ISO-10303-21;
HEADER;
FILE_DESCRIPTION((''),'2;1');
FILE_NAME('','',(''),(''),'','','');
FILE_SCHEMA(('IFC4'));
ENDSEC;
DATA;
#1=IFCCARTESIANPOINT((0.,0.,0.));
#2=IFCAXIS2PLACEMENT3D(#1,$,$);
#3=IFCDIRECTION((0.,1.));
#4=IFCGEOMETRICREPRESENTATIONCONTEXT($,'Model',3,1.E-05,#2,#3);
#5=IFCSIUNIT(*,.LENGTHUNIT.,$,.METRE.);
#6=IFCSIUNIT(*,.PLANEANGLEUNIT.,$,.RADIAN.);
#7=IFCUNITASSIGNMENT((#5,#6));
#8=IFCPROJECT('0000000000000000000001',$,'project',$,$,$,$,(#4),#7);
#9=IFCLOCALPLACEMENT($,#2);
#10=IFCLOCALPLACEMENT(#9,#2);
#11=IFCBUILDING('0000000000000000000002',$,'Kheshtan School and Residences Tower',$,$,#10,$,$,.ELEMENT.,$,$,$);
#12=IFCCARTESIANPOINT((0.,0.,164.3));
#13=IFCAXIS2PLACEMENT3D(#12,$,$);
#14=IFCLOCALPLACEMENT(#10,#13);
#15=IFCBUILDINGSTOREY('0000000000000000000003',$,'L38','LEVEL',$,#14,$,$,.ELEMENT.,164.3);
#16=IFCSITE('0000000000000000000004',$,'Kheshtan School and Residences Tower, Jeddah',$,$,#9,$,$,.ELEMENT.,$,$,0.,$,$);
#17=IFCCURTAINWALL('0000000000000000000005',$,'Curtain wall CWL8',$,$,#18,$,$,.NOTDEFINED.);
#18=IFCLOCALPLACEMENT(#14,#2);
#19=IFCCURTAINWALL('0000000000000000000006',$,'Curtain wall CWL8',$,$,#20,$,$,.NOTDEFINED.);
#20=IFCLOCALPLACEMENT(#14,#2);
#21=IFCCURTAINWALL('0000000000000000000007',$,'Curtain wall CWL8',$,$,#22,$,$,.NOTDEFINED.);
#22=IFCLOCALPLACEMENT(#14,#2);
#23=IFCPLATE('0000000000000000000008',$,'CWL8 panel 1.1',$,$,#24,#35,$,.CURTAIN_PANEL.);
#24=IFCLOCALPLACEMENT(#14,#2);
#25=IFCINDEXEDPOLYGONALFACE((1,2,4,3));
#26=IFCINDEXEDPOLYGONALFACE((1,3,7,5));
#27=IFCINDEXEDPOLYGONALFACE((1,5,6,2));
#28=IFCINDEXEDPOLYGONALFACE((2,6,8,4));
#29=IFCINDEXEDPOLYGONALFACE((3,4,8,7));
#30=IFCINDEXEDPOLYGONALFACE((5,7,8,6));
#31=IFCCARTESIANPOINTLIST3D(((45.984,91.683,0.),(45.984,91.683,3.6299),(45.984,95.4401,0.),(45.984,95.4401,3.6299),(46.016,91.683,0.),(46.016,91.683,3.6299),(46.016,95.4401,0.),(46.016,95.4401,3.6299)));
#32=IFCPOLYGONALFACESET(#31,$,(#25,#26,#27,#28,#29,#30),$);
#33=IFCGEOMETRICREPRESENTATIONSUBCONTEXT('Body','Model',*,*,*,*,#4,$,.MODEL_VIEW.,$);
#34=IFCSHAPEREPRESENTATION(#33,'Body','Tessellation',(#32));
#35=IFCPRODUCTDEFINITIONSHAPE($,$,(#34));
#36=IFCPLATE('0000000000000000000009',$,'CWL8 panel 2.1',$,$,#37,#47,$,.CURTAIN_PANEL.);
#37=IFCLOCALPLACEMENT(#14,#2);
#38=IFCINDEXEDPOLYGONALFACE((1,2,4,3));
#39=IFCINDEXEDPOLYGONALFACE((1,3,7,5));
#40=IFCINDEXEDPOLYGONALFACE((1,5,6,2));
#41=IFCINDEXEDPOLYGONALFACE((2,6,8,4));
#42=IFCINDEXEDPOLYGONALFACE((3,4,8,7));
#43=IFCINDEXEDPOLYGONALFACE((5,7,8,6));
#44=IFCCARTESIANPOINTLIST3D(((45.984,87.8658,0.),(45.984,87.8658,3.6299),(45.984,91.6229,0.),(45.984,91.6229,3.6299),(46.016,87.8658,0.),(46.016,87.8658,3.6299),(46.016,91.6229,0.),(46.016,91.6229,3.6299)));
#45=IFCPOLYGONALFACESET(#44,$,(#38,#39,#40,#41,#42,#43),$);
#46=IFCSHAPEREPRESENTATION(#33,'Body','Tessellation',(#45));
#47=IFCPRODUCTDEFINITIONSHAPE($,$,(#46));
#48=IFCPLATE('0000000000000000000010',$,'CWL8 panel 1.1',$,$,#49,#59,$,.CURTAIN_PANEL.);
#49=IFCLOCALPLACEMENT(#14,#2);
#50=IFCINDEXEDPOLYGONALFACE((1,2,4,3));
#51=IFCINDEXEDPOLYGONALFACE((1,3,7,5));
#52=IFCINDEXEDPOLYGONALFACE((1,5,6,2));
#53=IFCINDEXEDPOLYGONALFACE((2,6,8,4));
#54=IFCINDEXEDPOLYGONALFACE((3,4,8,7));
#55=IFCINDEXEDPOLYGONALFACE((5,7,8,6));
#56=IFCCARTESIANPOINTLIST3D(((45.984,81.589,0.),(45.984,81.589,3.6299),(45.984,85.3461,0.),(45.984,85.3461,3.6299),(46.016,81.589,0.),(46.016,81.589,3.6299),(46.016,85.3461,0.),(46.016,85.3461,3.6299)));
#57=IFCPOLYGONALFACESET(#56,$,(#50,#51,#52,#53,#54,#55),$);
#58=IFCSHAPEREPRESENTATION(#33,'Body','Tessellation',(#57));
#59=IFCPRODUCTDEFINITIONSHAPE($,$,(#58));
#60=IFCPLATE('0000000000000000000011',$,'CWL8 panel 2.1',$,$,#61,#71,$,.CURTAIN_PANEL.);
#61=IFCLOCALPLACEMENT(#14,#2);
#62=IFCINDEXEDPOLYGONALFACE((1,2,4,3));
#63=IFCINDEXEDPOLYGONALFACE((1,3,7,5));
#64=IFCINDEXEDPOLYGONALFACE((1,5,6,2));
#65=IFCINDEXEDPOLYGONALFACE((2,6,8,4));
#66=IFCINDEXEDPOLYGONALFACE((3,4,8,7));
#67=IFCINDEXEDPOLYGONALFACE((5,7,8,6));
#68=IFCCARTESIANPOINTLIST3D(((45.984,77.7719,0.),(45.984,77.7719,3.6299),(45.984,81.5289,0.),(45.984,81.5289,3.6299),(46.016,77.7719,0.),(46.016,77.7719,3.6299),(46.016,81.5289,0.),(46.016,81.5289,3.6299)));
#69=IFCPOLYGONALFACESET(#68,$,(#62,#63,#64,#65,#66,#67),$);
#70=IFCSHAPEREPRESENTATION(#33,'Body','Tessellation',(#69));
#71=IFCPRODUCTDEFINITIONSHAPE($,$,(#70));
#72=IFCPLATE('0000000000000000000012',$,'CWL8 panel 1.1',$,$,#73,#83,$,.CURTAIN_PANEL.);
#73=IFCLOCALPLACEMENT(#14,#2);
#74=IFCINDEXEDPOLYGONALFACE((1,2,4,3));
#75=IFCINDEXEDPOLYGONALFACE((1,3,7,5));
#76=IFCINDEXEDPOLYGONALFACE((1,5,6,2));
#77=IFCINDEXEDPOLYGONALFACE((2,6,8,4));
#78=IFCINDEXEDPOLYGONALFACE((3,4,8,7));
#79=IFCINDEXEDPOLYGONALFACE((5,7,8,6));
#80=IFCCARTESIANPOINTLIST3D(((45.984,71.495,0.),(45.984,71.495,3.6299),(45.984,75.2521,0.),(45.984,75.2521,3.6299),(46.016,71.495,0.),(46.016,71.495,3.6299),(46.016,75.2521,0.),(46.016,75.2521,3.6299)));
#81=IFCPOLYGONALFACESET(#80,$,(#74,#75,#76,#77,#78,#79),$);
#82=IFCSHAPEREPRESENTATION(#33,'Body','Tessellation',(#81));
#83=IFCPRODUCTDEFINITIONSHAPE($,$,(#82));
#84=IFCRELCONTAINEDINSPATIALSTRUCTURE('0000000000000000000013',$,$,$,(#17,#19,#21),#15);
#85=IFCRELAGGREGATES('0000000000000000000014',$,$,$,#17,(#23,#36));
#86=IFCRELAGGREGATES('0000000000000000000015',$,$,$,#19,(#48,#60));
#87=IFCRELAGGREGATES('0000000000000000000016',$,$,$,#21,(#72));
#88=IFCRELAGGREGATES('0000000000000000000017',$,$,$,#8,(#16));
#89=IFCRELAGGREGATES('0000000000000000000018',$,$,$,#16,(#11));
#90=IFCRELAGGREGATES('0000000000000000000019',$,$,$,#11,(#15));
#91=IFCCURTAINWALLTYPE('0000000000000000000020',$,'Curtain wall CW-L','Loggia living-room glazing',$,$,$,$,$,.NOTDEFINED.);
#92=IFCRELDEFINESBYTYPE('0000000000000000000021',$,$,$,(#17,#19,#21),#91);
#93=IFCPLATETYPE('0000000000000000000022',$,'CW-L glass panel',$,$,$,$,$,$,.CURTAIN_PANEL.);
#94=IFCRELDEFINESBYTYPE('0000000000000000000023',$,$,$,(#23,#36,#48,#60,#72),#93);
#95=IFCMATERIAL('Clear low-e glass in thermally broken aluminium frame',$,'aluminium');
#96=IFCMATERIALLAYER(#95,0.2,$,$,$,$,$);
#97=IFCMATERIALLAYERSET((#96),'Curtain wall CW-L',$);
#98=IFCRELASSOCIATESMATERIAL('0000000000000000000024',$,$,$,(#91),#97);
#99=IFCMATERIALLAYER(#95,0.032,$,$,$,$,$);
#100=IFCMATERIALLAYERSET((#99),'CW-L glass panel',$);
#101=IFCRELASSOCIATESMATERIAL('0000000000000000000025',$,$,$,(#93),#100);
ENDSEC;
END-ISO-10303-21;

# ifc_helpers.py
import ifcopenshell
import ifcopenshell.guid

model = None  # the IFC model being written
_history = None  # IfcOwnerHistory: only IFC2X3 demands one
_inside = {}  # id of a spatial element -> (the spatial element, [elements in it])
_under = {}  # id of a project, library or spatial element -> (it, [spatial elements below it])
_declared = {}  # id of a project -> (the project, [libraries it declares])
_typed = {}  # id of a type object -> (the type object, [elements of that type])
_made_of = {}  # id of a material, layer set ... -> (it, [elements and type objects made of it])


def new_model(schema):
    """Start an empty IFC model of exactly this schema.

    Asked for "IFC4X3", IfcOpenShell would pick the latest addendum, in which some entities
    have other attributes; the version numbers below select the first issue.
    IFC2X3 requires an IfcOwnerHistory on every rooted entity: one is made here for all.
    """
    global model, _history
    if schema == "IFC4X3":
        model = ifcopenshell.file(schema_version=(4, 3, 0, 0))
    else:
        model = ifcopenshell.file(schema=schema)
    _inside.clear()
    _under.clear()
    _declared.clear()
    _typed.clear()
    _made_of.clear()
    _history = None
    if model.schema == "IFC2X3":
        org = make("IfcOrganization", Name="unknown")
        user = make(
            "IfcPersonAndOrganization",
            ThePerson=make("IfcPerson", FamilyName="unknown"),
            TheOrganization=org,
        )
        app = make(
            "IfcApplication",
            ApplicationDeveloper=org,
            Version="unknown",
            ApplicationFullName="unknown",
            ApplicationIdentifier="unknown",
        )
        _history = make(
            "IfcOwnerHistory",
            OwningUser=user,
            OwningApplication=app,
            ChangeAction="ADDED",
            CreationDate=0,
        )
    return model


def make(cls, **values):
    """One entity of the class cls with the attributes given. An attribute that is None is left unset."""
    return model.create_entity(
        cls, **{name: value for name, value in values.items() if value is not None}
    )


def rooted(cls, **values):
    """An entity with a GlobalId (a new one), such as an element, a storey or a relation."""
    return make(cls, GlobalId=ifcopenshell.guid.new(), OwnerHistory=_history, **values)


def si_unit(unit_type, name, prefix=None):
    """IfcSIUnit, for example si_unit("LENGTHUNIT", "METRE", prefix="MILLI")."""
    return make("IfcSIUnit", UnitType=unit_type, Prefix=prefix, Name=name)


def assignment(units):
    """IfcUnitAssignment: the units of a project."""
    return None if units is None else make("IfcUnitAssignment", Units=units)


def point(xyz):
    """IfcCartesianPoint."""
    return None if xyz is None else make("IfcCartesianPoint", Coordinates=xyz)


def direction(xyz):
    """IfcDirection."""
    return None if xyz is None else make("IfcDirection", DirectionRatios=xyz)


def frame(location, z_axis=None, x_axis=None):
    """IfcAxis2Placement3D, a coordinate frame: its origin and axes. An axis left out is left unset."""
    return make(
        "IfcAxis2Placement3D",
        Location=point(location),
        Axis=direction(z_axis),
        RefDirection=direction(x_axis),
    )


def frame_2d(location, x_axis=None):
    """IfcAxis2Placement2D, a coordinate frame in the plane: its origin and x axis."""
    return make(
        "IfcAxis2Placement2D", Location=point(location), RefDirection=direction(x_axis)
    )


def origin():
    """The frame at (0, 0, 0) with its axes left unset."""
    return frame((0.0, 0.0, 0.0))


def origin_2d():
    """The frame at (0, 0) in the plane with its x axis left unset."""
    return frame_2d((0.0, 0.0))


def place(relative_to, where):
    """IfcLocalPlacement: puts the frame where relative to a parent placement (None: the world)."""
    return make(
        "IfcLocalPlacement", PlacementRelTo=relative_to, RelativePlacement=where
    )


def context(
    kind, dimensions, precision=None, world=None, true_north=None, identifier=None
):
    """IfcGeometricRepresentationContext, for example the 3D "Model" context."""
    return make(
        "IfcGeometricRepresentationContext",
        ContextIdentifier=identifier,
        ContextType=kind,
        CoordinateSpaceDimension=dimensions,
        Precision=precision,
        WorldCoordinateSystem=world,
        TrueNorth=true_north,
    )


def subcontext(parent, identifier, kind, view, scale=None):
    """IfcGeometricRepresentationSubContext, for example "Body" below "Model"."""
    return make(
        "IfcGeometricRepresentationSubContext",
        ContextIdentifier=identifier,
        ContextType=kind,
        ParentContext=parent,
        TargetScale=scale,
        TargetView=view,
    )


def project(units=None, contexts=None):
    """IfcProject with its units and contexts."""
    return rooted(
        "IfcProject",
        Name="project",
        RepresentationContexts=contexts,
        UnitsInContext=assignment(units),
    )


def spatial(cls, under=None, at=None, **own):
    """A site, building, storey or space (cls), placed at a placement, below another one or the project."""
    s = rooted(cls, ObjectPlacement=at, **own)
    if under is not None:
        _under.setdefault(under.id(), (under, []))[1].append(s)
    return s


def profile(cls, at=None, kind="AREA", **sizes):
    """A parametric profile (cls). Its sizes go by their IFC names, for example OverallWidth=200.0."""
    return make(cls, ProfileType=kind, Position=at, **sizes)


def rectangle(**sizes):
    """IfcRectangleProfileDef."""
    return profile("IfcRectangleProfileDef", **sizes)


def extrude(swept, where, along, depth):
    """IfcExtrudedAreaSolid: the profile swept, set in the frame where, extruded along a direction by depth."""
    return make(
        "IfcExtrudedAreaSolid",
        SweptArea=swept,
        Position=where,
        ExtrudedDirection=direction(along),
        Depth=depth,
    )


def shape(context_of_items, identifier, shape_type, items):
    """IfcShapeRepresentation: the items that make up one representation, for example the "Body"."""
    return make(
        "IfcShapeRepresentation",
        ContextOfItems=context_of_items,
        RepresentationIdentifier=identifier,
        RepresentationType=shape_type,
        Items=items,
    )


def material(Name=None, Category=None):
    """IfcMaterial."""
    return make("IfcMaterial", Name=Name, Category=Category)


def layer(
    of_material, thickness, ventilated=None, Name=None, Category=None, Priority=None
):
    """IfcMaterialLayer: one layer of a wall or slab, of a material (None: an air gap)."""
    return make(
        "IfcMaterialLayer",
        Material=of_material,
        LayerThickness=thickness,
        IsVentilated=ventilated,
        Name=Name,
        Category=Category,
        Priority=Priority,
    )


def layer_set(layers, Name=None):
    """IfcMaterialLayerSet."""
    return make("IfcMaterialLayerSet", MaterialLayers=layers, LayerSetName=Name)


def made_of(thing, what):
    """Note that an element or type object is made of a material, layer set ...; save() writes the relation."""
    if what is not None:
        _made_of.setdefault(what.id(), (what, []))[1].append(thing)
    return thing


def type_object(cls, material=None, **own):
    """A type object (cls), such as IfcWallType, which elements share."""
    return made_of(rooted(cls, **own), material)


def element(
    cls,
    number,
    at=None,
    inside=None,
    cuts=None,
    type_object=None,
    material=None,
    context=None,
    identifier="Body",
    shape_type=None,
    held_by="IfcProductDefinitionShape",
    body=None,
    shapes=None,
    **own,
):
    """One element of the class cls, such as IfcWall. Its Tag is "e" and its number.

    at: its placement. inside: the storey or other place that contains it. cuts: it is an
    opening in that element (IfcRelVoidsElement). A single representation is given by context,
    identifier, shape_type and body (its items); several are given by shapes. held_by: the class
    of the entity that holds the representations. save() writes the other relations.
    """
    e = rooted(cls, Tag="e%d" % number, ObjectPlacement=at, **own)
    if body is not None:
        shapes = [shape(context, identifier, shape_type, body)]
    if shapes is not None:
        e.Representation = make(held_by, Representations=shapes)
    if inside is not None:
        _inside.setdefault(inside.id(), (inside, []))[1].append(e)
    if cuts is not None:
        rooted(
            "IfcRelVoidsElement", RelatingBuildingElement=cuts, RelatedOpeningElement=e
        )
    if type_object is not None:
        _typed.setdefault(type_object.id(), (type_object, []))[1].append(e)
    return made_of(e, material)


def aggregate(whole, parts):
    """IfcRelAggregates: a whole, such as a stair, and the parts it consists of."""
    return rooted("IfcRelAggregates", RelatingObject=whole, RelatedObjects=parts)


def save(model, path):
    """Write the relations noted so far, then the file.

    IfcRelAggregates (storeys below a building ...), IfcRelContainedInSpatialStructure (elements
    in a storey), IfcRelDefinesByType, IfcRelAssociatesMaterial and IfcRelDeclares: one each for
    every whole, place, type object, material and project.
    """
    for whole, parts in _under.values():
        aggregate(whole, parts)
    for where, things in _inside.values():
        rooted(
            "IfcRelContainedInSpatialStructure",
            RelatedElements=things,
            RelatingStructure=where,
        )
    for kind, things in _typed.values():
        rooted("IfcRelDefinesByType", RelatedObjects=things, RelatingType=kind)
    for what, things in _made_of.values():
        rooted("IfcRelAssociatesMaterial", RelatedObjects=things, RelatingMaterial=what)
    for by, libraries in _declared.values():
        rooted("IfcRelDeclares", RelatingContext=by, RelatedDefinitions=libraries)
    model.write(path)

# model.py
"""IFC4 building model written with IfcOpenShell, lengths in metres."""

from ifc_helpers import new_model, si_unit, direction, frame, origin, origin_2d, place, context, subcontext, project, spatial, rectangle, extrude, material, layer, layer_set, type_object, element, aggregate, save


model = new_model("IFC4")

# Units and contexts
model_context = context("Model", 3, precision=1e-05, world=origin(), true_north=direction((0.0, 1.0)))
body_context = subcontext(model_context, "Body", "Model", "MODEL_VIEW")
ifc_project = project(units=[si_unit("LENGTHUNIT", "METRE"), si_unit("PLANEANGLEUNIT", "RADIAN")], contexts=[model_context])

# Site, building, storey
site_placement = place(None, origin())
site = spatial("IfcSite", under=ifc_project, at=site_placement, Name="Kheshtan School and Residences Tower, Jeddah", CompositionType="ELEMENT", RefElevation=0.0)
building_placement = place(site_placement, origin())
building = spatial("IfcBuilding", under=site, at=building_placement, Name="Kheshtan School and Residences Tower", CompositionType="ELEMENT")
storey_placement = place(building_placement, frame((0.0, 0.0, 164.3)))
storey = spatial("IfcBuildingStorey", under=building, at=storey_placement, Name="L38", Description="LEVEL", CompositionType="ELEMENT", Elevation=164.3)

# Curtain walls
ifc_material_1 = material(Name="Clear low-e glass in thermally broken aluminium frame", Category="aluminium")
ifc_layer_1 = layer(ifc_material_1, 0.2)
ifc_layer_set_1 = layer_set([ifc_layer_1], Name="Curtain wall CW-L")
curtain_wall_type = type_object("IfcCurtainWallType", Name="Curtain wall CW-L", Description="Loggia living-room glazing", PredefinedType="NOTDEFINED", material=ifc_layer_set_1)
curtain_wall_1_placement = place(storey_placement, origin())
curtain_wall_1 = element("IfcCurtainWall", 1, at=curtain_wall_1_placement, inside=storey, type_object=curtain_wall_type, Name="Curtain wall CWL8", PredefinedType="NOTDEFINED")
curtain_wall_2_placement = place(storey_placement, origin())
curtain_wall_2 = element("IfcCurtainWall", 2, at=curtain_wall_2_placement, inside=storey, type_object=curtain_wall_type, Name="Curtain wall CWL8", PredefinedType="NOTDEFINED")
curtain_wall_3_placement = place(storey_placement, origin())
curtain_wall_3 = element("IfcCurtainWall", 3, at=curtain_wall_3_placement, inside=storey, type_object=curtain_wall_type, Name="Curtain wall CWL8", PredefinedType="NOTDEFINED")

# Plates
ifc_layer_2 = layer(ifc_material_1, 0.032)
ifc_layer_set_2 = layer_set([ifc_layer_2], Name="CW-L glass panel")
plate_type = type_object("IfcPlateType", Name="CW-L glass panel", PredefinedType="CURTAIN_PANEL", material=ifc_layer_set_2)
plate_1_placement = place(storey_placement, frame((46.0, 93.5615, 0.0), z_axis=(0.0, 0.0, 1.0), x_axis=(0.0, -1.0, 0.0)))
plate_1 = element("IfcPlate", 4, at=plate_1_placement, type_object=plate_type, Name="CWL8 panel 1.1", PredefinedType="CURTAIN_PANEL", context=body_context, shape_type="SweptSolid", body=[
    extrude(rectangle(XDim=3.7571, YDim=0.032, at=origin_2d()), origin(), (0.0, 0.0, 1.0), 3.6299),
])
plate_2_placement = place(storey_placement, frame((46.0, 89.7444, 0.0), z_axis=(0.0, 0.0, 1.0), x_axis=(0.0, -1.0, 0.0)))
plate_2 = element("IfcPlate", 5, at=plate_2_placement, type_object=plate_type, Name="CWL8 panel 2.1", PredefinedType="CURTAIN_PANEL", context=body_context, shape_type="SweptSolid", body=[
    extrude(rectangle(XDim=3.7571, YDim=0.032, at=origin_2d()), origin(), (0.0, 0.0, 1.0), 3.6299),
])
aggregate(curtain_wall_1, [plate_1, plate_2])
plate_3_placement = place(storey_placement, frame((46.0, 83.4675, 0.0), z_axis=(0.0, 0.0, 1.0), x_axis=(0.0, -1.0, 0.0)))
plate_3 = element("IfcPlate", 6, at=plate_3_placement, type_object=plate_type, Name="CWL8 panel 1.1", PredefinedType="CURTAIN_PANEL", context=body_context, shape_type="SweptSolid", body=[
    extrude(rectangle(XDim=3.7571, YDim=0.032, at=origin_2d()), origin(), (0.0, 0.0, 1.0), 3.6299),
])
plate_4_placement = place(storey_placement, frame((46.0, 79.6504, 0.0), z_axis=(0.0, 0.0, 1.0), x_axis=(0.0, -1.0, 0.0)))
plate_4 = element("IfcPlate", 7, at=plate_4_placement, type_object=plate_type, Name="CWL8 panel 2.1", PredefinedType="CURTAIN_PANEL", context=body_context, shape_type="SweptSolid", body=[
    extrude(rectangle(XDim=3.7571, YDim=0.032, at=origin_2d()), origin(), (0.0, 0.0, 1.0), 3.6299),
])
aggregate(curtain_wall_2, [plate_3, plate_4])
plate_5_placement = place(storey_placement, frame((46.0, 73.3735, 0.0), z_axis=(0.0, 0.0, 1.0), x_axis=(0.0, -1.0, 0.0)))
plate_5 = element("IfcPlate", 8, at=plate_5_placement, type_object=plate_type, Name="CWL8 panel 1.1", PredefinedType="CURTAIN_PANEL", context=body_context, shape_type="SweptSolid", body=[
    extrude(rectangle(XDim=3.7571, YDim=0.032, at=origin_2d()), origin(), (0.0, 0.0, 1.0), 3.6299),
])
aggregate(curtain_wall_3, [plate_5])

save(model, "model.ifc")
